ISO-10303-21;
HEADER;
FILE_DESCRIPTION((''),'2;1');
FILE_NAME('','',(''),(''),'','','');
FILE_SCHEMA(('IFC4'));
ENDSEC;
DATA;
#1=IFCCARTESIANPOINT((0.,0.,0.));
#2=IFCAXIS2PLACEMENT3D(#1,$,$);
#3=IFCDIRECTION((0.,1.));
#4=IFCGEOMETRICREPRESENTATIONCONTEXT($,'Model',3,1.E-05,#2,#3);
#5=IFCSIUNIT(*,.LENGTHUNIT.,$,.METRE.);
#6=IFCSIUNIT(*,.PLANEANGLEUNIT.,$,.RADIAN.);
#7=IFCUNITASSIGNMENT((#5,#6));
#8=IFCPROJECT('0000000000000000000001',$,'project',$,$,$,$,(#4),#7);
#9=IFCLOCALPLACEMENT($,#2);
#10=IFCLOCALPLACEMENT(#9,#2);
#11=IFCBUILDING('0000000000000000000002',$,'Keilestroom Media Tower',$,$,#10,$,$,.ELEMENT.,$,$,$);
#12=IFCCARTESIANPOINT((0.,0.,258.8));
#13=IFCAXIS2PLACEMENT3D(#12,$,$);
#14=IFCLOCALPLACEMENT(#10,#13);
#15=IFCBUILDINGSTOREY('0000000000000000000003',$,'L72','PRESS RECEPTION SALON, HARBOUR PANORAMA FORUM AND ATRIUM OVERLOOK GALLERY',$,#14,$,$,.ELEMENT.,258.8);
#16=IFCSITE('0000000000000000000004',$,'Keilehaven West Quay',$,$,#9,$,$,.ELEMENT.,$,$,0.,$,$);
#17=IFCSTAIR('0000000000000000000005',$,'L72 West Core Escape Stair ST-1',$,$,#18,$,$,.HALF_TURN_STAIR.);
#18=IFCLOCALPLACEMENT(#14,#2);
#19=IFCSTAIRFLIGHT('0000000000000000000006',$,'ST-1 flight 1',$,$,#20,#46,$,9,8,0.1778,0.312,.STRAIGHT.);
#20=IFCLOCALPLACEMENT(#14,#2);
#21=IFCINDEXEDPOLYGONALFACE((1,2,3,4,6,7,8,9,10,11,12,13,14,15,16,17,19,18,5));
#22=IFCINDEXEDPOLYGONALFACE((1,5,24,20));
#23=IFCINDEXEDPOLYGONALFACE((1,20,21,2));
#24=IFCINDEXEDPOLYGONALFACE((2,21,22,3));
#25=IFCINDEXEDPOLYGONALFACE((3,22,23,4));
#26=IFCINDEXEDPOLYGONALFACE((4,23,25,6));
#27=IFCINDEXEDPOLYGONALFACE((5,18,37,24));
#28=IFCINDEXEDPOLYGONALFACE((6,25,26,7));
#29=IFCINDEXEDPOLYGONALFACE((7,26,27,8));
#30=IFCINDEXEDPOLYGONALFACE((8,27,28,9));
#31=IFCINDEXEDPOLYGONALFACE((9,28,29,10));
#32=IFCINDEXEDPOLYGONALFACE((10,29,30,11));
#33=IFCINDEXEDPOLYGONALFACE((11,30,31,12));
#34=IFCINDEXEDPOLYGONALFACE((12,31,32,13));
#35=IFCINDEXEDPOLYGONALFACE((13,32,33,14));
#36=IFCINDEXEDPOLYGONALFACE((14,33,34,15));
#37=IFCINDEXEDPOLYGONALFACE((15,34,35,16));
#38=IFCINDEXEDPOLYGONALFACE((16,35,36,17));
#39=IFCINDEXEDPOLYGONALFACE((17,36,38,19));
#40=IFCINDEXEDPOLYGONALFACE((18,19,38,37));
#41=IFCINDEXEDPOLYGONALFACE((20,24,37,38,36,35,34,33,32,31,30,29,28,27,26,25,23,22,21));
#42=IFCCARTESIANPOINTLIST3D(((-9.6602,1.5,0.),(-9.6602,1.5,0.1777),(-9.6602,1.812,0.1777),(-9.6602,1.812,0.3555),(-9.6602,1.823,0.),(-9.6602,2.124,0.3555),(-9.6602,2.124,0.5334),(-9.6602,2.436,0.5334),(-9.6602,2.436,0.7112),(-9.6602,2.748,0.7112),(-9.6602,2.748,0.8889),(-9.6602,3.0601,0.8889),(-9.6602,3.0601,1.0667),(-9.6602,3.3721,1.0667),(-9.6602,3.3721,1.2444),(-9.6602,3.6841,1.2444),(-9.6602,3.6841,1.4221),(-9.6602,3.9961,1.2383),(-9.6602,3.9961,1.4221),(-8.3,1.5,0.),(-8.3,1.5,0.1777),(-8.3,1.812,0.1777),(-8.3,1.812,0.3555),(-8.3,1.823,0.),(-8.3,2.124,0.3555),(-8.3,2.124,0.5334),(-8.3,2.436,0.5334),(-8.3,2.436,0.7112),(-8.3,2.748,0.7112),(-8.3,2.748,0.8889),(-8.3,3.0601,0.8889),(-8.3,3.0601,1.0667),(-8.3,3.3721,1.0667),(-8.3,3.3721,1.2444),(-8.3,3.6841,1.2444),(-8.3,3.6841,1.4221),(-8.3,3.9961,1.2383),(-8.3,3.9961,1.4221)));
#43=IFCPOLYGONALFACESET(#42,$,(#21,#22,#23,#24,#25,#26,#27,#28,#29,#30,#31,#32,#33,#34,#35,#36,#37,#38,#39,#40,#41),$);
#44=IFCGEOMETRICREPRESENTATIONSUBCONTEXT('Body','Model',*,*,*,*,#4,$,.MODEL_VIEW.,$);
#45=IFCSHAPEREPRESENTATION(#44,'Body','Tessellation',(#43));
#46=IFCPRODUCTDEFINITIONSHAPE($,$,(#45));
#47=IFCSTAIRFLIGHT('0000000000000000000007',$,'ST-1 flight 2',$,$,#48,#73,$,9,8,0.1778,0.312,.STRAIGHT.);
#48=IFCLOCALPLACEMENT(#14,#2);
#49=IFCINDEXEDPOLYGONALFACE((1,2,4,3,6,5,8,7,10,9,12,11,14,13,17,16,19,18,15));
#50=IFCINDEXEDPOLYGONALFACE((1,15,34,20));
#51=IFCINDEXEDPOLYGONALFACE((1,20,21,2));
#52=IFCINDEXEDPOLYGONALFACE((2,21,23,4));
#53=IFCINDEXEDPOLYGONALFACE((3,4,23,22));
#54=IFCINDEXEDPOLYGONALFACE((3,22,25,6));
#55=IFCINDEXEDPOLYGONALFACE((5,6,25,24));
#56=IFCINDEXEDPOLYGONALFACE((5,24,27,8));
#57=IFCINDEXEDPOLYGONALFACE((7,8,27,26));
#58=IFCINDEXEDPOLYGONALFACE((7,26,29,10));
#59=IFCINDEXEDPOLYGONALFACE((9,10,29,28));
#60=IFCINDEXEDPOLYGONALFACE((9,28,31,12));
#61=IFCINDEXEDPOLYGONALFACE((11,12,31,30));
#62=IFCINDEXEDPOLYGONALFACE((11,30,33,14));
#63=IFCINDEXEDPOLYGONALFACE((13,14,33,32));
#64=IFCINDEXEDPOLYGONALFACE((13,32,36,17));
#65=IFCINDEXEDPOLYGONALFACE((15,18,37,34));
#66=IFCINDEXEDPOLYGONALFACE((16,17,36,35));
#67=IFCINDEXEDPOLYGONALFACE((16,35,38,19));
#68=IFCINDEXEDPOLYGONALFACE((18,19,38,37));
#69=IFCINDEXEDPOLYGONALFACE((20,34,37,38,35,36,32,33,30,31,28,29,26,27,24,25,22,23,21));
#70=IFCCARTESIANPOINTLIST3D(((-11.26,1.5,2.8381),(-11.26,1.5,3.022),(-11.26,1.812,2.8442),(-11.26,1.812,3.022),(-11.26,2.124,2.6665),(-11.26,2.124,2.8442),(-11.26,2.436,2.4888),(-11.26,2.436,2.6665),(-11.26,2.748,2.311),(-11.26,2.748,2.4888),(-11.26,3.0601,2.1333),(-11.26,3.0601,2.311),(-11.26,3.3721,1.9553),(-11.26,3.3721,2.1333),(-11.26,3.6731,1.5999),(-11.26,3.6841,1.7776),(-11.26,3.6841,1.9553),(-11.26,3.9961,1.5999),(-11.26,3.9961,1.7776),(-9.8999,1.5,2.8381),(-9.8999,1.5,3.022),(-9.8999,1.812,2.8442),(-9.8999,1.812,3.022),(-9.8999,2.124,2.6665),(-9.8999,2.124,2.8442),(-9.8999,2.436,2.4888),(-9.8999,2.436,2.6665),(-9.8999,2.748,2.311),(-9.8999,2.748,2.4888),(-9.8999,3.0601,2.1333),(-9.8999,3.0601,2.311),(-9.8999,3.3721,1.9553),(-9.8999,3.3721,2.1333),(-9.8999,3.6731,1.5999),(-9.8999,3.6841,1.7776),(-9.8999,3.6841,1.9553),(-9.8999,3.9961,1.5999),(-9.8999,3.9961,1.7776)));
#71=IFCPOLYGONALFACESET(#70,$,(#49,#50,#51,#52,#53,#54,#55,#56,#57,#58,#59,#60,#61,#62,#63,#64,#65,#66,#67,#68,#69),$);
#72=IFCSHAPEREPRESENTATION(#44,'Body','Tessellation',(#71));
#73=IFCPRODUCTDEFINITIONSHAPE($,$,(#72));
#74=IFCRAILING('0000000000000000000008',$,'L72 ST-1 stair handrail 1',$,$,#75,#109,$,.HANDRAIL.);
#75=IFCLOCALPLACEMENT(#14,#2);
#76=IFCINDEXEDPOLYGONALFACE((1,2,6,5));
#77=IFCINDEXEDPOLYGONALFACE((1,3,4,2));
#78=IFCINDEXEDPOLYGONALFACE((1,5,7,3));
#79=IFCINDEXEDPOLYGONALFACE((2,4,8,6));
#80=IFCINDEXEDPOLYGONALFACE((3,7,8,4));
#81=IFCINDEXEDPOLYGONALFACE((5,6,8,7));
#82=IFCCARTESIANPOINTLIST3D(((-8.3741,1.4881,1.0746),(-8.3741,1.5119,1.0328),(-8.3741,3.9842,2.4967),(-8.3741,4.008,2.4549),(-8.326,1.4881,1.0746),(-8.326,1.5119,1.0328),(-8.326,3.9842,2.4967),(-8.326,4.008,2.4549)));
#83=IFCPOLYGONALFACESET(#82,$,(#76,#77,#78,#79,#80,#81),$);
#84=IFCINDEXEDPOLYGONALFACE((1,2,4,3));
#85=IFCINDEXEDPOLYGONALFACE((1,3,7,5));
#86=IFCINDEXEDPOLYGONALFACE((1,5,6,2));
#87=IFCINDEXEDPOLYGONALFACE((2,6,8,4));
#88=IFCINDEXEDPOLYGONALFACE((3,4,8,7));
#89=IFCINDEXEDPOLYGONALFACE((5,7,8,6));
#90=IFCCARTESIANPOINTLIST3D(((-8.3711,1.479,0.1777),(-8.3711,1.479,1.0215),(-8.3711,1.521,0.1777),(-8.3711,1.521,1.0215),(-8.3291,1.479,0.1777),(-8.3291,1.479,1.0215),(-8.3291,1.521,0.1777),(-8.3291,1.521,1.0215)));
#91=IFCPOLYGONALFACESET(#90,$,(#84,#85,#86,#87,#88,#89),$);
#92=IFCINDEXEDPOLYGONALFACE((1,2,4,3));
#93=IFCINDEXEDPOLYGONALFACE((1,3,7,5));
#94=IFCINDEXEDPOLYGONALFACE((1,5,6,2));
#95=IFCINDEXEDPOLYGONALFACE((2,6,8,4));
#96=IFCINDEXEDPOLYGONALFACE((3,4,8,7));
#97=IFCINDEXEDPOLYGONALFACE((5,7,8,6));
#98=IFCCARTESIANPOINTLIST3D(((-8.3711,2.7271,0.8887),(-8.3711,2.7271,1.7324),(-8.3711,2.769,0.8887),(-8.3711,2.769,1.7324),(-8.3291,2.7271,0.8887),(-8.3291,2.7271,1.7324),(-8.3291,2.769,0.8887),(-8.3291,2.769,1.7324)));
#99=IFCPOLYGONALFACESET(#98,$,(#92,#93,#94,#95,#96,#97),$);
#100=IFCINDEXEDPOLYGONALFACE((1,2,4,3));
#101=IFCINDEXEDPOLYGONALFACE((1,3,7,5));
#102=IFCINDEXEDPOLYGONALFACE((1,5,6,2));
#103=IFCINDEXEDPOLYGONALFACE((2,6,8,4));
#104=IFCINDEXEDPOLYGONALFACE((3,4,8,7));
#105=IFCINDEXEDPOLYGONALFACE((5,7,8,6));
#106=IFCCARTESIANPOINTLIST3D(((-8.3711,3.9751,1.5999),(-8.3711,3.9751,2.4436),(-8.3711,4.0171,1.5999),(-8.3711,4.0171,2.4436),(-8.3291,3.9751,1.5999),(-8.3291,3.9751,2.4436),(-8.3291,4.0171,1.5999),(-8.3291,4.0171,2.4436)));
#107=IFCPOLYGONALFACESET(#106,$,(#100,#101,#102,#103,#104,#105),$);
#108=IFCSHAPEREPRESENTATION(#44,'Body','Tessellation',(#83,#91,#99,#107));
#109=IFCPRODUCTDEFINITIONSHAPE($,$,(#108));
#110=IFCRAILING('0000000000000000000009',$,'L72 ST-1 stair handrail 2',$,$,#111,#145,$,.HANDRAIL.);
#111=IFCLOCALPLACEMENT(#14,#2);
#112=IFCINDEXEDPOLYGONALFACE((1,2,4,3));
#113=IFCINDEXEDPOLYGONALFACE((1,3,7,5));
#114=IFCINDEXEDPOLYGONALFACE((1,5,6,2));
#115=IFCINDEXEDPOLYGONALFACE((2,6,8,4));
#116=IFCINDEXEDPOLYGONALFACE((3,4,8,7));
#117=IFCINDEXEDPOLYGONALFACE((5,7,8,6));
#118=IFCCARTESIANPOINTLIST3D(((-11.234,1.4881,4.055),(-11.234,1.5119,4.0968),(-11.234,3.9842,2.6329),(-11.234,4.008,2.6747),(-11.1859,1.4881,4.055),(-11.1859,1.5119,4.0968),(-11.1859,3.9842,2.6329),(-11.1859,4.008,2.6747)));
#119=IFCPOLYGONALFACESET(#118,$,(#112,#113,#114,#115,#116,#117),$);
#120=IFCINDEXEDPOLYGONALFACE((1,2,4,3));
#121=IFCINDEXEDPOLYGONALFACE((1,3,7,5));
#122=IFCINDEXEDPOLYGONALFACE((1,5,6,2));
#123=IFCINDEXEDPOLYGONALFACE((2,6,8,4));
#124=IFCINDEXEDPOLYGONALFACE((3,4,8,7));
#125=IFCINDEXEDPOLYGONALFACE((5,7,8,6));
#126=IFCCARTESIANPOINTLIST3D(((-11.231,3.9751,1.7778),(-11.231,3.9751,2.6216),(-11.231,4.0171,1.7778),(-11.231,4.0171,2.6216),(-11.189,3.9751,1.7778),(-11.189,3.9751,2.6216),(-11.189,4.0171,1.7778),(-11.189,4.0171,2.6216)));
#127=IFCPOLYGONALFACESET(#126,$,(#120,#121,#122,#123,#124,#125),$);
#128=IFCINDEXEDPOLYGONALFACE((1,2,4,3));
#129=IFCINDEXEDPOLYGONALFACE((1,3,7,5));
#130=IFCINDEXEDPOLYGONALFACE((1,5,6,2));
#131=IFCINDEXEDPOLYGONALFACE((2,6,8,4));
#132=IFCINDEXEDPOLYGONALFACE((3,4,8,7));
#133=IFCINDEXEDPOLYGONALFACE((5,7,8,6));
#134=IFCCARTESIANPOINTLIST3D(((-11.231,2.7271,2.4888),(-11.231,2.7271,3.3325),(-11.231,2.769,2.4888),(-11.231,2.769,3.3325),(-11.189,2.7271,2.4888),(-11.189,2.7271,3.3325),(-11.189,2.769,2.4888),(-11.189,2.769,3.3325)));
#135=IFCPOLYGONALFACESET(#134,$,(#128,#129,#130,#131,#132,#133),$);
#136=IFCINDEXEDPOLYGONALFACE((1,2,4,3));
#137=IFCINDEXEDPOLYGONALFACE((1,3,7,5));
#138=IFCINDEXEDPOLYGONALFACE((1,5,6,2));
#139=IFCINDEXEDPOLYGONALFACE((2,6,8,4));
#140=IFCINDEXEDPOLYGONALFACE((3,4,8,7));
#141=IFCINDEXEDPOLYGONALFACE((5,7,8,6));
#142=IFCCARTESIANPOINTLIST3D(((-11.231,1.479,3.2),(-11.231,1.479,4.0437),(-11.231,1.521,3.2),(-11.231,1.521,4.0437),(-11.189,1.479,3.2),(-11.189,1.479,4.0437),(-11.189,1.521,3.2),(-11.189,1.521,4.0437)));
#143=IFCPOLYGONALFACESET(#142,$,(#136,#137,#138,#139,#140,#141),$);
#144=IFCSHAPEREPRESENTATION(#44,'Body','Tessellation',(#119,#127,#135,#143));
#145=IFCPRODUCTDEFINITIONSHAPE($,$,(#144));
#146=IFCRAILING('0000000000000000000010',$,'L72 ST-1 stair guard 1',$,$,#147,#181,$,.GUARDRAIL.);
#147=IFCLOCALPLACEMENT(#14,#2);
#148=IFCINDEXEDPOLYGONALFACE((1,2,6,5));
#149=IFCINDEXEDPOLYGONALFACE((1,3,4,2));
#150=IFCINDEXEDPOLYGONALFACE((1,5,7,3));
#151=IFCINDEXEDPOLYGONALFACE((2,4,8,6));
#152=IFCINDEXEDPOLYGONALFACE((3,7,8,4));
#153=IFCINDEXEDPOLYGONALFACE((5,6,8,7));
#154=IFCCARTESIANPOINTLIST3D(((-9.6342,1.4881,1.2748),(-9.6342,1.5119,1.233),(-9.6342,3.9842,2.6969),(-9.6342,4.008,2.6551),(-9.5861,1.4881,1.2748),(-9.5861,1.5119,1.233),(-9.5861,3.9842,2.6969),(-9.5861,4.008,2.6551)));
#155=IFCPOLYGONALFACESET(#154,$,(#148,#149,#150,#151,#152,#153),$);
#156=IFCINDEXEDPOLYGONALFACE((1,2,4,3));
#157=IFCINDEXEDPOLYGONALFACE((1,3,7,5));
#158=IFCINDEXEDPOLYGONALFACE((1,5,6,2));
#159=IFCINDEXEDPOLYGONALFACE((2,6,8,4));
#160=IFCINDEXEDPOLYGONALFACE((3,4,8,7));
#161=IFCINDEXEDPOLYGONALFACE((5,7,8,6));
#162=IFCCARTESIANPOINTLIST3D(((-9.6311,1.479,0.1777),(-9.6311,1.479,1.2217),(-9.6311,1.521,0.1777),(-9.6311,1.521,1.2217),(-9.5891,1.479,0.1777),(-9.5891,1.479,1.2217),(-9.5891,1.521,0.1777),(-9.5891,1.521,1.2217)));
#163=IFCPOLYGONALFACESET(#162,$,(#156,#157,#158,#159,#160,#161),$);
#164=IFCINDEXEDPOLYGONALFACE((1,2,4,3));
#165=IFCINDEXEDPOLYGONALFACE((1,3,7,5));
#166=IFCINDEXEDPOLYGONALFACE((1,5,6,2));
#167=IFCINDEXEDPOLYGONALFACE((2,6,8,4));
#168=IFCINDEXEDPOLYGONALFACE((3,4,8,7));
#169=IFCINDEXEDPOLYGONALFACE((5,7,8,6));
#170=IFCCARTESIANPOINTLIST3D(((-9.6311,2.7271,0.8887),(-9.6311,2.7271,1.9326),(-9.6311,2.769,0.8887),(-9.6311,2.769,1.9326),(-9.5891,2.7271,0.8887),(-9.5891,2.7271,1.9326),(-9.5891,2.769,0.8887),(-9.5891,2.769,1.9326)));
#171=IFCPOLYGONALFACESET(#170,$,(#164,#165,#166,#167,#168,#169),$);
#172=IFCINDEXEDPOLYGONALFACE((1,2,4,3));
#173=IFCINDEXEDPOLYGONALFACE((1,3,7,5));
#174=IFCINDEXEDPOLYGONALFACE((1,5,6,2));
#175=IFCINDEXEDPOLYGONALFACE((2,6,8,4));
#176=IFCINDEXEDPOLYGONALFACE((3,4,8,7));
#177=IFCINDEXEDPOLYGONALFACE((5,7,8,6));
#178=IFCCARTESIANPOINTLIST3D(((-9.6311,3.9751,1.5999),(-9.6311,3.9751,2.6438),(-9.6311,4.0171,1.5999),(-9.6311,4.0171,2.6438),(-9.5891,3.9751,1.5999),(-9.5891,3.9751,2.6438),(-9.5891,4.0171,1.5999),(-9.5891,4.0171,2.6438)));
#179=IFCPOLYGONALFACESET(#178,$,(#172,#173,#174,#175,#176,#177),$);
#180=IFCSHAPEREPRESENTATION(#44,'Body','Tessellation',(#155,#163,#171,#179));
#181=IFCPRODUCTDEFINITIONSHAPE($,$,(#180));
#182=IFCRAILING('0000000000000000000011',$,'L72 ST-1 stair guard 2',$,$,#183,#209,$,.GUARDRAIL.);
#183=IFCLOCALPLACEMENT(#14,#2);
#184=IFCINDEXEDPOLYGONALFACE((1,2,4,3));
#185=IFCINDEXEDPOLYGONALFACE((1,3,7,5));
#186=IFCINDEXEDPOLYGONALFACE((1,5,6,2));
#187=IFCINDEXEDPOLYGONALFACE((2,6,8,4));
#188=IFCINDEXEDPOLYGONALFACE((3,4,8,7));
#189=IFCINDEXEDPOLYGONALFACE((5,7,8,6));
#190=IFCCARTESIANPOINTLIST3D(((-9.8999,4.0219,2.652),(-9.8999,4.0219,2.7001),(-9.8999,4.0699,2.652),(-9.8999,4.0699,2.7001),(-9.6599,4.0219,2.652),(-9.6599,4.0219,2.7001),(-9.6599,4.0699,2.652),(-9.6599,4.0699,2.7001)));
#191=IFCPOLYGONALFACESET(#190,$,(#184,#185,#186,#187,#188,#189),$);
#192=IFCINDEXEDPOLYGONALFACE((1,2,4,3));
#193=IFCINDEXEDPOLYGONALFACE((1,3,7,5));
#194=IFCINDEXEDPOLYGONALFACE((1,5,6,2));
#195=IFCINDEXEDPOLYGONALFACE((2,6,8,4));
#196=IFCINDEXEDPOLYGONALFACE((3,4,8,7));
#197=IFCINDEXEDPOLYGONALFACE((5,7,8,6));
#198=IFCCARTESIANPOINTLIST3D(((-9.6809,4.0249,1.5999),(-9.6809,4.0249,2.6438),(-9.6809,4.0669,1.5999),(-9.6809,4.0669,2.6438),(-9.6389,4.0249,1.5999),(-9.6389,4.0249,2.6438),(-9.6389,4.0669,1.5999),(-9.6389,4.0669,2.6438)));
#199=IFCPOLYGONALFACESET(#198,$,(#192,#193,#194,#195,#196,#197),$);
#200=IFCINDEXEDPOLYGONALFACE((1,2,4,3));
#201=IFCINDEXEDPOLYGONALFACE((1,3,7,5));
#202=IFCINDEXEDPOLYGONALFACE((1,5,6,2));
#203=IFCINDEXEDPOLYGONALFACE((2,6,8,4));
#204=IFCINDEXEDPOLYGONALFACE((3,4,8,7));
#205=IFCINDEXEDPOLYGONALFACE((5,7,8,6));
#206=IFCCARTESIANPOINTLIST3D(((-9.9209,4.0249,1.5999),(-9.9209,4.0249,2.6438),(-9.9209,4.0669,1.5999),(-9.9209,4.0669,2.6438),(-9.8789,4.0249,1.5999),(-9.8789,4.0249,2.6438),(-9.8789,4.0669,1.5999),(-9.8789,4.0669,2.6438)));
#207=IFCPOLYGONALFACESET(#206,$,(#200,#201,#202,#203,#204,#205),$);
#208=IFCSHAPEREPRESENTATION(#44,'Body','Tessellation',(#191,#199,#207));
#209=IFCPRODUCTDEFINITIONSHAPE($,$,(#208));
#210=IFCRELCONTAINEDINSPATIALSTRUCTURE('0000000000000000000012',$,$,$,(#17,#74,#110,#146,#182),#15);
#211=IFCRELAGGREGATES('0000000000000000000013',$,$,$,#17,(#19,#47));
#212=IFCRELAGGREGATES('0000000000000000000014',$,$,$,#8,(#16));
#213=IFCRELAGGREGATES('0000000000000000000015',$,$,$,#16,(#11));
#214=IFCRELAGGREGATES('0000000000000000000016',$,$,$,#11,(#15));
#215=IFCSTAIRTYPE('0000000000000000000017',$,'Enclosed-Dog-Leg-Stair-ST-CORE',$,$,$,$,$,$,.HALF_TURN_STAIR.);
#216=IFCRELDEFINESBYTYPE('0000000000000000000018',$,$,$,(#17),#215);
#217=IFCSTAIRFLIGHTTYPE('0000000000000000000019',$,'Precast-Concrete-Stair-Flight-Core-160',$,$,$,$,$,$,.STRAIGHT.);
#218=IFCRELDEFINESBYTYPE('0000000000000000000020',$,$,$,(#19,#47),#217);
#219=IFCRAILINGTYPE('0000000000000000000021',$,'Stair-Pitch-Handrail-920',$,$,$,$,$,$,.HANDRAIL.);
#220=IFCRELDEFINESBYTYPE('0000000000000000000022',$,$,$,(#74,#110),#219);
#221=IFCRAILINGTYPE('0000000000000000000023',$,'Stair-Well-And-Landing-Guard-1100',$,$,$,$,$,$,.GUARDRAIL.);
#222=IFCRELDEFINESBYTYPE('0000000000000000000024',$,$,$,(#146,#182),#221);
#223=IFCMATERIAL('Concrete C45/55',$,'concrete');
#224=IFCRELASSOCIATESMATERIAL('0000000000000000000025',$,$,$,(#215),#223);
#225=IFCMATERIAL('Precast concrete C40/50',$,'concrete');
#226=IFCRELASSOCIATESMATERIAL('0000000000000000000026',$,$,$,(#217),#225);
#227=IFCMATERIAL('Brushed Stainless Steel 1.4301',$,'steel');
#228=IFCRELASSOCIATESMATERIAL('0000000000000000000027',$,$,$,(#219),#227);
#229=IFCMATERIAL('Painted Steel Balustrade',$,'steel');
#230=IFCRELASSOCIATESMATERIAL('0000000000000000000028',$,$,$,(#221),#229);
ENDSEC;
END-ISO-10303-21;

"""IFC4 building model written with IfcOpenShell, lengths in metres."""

from ifc_helpers import new_model, si_unit, direction, frame, origin, origin_2d, place, context, subcontext, project, spatial, polyline, rectangle, outline, extrude, material, type_object, element, aggregate, save


model = new_model("IFC4")

# Units and contexts
model_context = context("Model", 3, precision=1e-05, world=origin(), true_north=direction((0.0, 1.0)))
body_context = subcontext(model_context, "Body", "Model", "MODEL_VIEW")
ifc_project = project(units=[si_unit("LENGTHUNIT", "METRE"), si_unit("PLANEANGLEUNIT", "RADIAN")], contexts=[model_context])

# Site, building, storey
site_placement = place(None, origin())
site = spatial("IfcSite", under=ifc_project, at=site_placement, Name="Keilehaven West Quay", CompositionType="ELEMENT", RefElevation=0.0)
building_placement = place(site_placement, origin())
building = spatial("IfcBuilding", under=site, at=building_placement, Name="Keilestroom Media Tower", CompositionType="ELEMENT")
storey_placement = place(building_placement, frame((0.0, 0.0, 258.8)))
storey = spatial("IfcBuildingStorey", under=building, at=storey_placement, Name="L72", Description="PRESS RECEPTION SALON, HARBOUR PANORAMA FORUM AND ATRIUM OVERLOOK GALLERY", CompositionType="ELEMENT", Elevation=258.8)

# Shared definitions
ifc_material_1 = material(Name="Precast concrete C40/50", Category="concrete")

# Stair, stair flights
ifc_material_2 = material(Name="Concrete C45/55", Category="concrete")
stair_type = type_object("IfcStairType", Name="Enclosed-Dog-Leg-Stair-ST-CORE", PredefinedType="HALF_TURN_STAIR", material=ifc_material_2)
stair_placement = place(storey_placement, origin())
stair = element("IfcStair", 1, at=stair_placement, inside=storey, type_object=stair_type, Name="L72 West Core Escape Stair ST-1", PredefinedType="HALF_TURN_STAIR")
stair_flight_type = type_object("IfcStairFlightType", Name="Precast-Concrete-Stair-Flight-Core-160", PredefinedType="STRAIGHT", material=ifc_material_1)
stair_flight_1_placement = place(storey_placement, frame((-8.98, 1.5, 0.0), z_axis=(0.0, 0.0, 1.0), x_axis=(0.0, 1.0, 0.0)))
stair_flight_1 = element("IfcStairFlight", 2, at=stair_flight_1_placement, type_object=stair_flight_type, Name="ST-1 flight 1", NumberOfRisers=9, NumberOfTreads=8, PredefinedType="STRAIGHT", RiserHeight=0.1778, TreadLength=0.312, context=body_context, shape_type="SweptSolid", body=[
    extrude(outline(polyline([(0.0, 0.0), (0.0, 0.1777), (0.312, 0.1777), (0.312, 0.3555), (0.624, 0.3555), (0.624, 0.5334), (0.936, 0.5334), (0.936, 0.7112), (1.248, 0.7112), (1.248, 0.8889), (1.5601, 0.8889), (1.5601, 1.0667), (1.8721, 1.0667), (1.8721, 1.2444), (2.1841, 1.2444), (2.1841, 1.4221), (2.4961, 1.4221), (2.4961, 1.6001), (2.4961, 1.2383), (0.323, 0.0), (0.0, 0.0)])), frame((0.0, 0.6802, 0.0), z_axis=(0.0, -1.0, 0.0), x_axis=(1.0, 0.0, 0.0)), (0.0, 0.0, 1.0), 1.3601),
])
stair_flight_2_placement = place(storey_placement, frame((-10.5801, 3.9961, 1.5999), z_axis=(0.0, 0.0, 1.0), x_axis=(0.0, -1.0, 0.0)))
stair_flight_2 = element("IfcStairFlight", 3, at=stair_flight_2_placement, type_object=stair_flight_type, Name="ST-1 flight 2", NumberOfRisers=9, NumberOfTreads=8, PredefinedType="STRAIGHT", RiserHeight=0.1778, TreadLength=0.312, context=body_context, shape_type="SweptSolid", body=[
    extrude(outline(polyline([(0.0, 0.0), (0.0, 0.1777), (0.312, 0.1777), (0.312, 0.3555), (0.624, 0.3555), (0.624, 0.5334), (0.936, 0.5334), (0.936, 0.7112), (1.248, 0.7112), (1.248, 0.8889), (1.5601, 0.8889), (1.5601, 1.0667), (1.8721, 1.0667), (1.8721, 1.2444), (2.1841, 1.2444), (2.1841, 1.4221), (2.4961, 1.4221), (2.4961, 1.6001), (2.4961, 1.2383), (0.323, 0.0), (0.0, 0.0)])), frame((0.0, 0.6802, 0.0), z_axis=(0.0, -1.0, 0.0), x_axis=(1.0, 0.0, 0.0)), (0.0, 0.0, 1.0), 1.3601),
])
aggregate(stair, [stair_flight_1, stair_flight_2])

# Railings
ifc_material_3 = material(Name="Brushed Stainless Steel 1.4301", Category="steel")
railing_type_1 = type_object("IfcRailingType", Name="Stair-Pitch-Handrail-920", PredefinedType="HANDRAIL", material=ifc_material_3)
railing_1_placement = place(storey_placement, frame((-8.3501, 1.5, 0.1777)))
element("IfcRailing", 4, at=railing_1_placement, inside=storey, type_object=railing_type_1, Name="L72 ST-1 stair handrail 1", PredefinedType="HANDRAIL", context=body_context, shape_type="SweptSolid", body=[
    extrude(rectangle(XDim=0.0481, YDim=0.0481, at=origin_2d()), frame((0.0, 0.0, 0.876), z_axis=(0.0, 0.868875, 0.495031), x_axis=(-1.0, 0.0, 0.0)), (0.0, 0.0, 1.0), 2.8728),
    extrude(rectangle(XDim=0.042, YDim=0.042, at=origin_2d()), origin(), (0.0, 0.0, 1.0), 0.8438),
    extrude(rectangle(XDim=0.042, YDim=0.042, at=origin_2d()), frame((0.0, 1.248, 0.7109)), (0.0, 0.0, 1.0), 0.8438),
    extrude(rectangle(XDim=0.042, YDim=0.042, at=origin_2d()), frame((0.0, 2.4961, 1.4221)), (0.0, 0.0, 1.0), 0.8438),
])
railing_2_placement = place(storey_placement, frame((-11.21, 3.9961, 1.7778)))
element("IfcRailing", 5, at=railing_2_placement, inside=storey, type_object=railing_type_1, Name="L72 ST-1 stair handrail 2", PredefinedType="HANDRAIL", context=body_context, shape_type="SweptSolid", body=[
    extrude(rectangle(XDim=0.0481, YDim=0.0481, at=origin_2d()), frame((0.0, 0.0, 0.876), z_axis=(0.0, -0.868875, 0.495031), x_axis=(1.0, 0.0, 0.0)), (0.0, 0.0, 1.0), 2.8728),
    extrude(rectangle(XDim=0.042, YDim=0.042, at=origin_2d()), origin(), (0.0, 0.0, 1.0), 0.8438),
    extrude(rectangle(XDim=0.042, YDim=0.042, at=origin_2d()), frame((0.0, -1.248, 0.7109)), (0.0, 0.0, 1.0), 0.8438),
    extrude(rectangle(XDim=0.042, YDim=0.042, at=origin_2d()), frame((0.0, -2.4961, 1.4221)), (0.0, 0.0, 1.0), 0.8438),
])
ifc_material_4 = material(Name="Painted Steel Balustrade", Category="steel")
railing_type_2 = type_object("IfcRailingType", Name="Stair-Well-And-Landing-Guard-1100", PredefinedType="GUARDRAIL", material=ifc_material_4)
railing_3_placement = place(storey_placement, frame((-9.6101, 1.5, 0.1777)))
element("IfcRailing", 6, at=railing_3_placement, inside=storey, type_object=railing_type_2, Name="L72 ST-1 stair guard 1", PredefinedType="GUARDRAIL", context=body_context, shape_type="SweptSolid", body=[
    extrude(rectangle(XDim=0.0481, YDim=0.0481, at=origin_2d()), frame((0.0, 0.0, 1.0762), z_axis=(0.0, 0.868875, 0.495031), x_axis=(-1.0, 0.0, 0.0)), (0.0, 0.0, 1.0), 2.8728),
    extrude(rectangle(XDim=0.042, YDim=0.042, at=origin_2d()), origin(), (0.0, 0.0, 1.0), 1.0439),
    extrude(rectangle(XDim=0.042, YDim=0.042, at=origin_2d()), frame((0.0, 1.248, 0.7109)), (0.0, 0.0, 1.0), 1.0439),
    extrude(rectangle(XDim=0.042, YDim=0.042, at=origin_2d()), frame((0.0, 2.4961, 1.4221)), (0.0, 0.0, 1.0), 1.0439),
])
railing_4_placement = place(storey_placement, frame((-9.6599, 4.0459, 1.5999)))
element("IfcRailing", 7, at=railing_4_placement, inside=storey, type_object=railing_type_2, Name="L72 ST-1 stair guard 2", PredefinedType="GUARDRAIL", context=body_context, shape_type="SweptSolid", body=[
    extrude(rectangle(XDim=0.0481, YDim=0.0481, at=origin_2d()), frame((0.0, 0.0, 1.0762), z_axis=(-1.0, 0.0, 0.0), x_axis=(0.0, -1.0, 0.0)), (0.0, 0.0, 1.0), 0.24),
    extrude(rectangle(XDim=0.042, YDim=0.042, at=origin_2d()), origin(), (0.0, 0.0, 1.0), 1.0439),
    extrude(rectangle(XDim=0.042, YDim=0.042, at=origin_2d()), frame((-0.24, 0.0, 0.0)), (0.0, 0.0, 1.0), 1.0439),
])

save(model, "model.ifc")
